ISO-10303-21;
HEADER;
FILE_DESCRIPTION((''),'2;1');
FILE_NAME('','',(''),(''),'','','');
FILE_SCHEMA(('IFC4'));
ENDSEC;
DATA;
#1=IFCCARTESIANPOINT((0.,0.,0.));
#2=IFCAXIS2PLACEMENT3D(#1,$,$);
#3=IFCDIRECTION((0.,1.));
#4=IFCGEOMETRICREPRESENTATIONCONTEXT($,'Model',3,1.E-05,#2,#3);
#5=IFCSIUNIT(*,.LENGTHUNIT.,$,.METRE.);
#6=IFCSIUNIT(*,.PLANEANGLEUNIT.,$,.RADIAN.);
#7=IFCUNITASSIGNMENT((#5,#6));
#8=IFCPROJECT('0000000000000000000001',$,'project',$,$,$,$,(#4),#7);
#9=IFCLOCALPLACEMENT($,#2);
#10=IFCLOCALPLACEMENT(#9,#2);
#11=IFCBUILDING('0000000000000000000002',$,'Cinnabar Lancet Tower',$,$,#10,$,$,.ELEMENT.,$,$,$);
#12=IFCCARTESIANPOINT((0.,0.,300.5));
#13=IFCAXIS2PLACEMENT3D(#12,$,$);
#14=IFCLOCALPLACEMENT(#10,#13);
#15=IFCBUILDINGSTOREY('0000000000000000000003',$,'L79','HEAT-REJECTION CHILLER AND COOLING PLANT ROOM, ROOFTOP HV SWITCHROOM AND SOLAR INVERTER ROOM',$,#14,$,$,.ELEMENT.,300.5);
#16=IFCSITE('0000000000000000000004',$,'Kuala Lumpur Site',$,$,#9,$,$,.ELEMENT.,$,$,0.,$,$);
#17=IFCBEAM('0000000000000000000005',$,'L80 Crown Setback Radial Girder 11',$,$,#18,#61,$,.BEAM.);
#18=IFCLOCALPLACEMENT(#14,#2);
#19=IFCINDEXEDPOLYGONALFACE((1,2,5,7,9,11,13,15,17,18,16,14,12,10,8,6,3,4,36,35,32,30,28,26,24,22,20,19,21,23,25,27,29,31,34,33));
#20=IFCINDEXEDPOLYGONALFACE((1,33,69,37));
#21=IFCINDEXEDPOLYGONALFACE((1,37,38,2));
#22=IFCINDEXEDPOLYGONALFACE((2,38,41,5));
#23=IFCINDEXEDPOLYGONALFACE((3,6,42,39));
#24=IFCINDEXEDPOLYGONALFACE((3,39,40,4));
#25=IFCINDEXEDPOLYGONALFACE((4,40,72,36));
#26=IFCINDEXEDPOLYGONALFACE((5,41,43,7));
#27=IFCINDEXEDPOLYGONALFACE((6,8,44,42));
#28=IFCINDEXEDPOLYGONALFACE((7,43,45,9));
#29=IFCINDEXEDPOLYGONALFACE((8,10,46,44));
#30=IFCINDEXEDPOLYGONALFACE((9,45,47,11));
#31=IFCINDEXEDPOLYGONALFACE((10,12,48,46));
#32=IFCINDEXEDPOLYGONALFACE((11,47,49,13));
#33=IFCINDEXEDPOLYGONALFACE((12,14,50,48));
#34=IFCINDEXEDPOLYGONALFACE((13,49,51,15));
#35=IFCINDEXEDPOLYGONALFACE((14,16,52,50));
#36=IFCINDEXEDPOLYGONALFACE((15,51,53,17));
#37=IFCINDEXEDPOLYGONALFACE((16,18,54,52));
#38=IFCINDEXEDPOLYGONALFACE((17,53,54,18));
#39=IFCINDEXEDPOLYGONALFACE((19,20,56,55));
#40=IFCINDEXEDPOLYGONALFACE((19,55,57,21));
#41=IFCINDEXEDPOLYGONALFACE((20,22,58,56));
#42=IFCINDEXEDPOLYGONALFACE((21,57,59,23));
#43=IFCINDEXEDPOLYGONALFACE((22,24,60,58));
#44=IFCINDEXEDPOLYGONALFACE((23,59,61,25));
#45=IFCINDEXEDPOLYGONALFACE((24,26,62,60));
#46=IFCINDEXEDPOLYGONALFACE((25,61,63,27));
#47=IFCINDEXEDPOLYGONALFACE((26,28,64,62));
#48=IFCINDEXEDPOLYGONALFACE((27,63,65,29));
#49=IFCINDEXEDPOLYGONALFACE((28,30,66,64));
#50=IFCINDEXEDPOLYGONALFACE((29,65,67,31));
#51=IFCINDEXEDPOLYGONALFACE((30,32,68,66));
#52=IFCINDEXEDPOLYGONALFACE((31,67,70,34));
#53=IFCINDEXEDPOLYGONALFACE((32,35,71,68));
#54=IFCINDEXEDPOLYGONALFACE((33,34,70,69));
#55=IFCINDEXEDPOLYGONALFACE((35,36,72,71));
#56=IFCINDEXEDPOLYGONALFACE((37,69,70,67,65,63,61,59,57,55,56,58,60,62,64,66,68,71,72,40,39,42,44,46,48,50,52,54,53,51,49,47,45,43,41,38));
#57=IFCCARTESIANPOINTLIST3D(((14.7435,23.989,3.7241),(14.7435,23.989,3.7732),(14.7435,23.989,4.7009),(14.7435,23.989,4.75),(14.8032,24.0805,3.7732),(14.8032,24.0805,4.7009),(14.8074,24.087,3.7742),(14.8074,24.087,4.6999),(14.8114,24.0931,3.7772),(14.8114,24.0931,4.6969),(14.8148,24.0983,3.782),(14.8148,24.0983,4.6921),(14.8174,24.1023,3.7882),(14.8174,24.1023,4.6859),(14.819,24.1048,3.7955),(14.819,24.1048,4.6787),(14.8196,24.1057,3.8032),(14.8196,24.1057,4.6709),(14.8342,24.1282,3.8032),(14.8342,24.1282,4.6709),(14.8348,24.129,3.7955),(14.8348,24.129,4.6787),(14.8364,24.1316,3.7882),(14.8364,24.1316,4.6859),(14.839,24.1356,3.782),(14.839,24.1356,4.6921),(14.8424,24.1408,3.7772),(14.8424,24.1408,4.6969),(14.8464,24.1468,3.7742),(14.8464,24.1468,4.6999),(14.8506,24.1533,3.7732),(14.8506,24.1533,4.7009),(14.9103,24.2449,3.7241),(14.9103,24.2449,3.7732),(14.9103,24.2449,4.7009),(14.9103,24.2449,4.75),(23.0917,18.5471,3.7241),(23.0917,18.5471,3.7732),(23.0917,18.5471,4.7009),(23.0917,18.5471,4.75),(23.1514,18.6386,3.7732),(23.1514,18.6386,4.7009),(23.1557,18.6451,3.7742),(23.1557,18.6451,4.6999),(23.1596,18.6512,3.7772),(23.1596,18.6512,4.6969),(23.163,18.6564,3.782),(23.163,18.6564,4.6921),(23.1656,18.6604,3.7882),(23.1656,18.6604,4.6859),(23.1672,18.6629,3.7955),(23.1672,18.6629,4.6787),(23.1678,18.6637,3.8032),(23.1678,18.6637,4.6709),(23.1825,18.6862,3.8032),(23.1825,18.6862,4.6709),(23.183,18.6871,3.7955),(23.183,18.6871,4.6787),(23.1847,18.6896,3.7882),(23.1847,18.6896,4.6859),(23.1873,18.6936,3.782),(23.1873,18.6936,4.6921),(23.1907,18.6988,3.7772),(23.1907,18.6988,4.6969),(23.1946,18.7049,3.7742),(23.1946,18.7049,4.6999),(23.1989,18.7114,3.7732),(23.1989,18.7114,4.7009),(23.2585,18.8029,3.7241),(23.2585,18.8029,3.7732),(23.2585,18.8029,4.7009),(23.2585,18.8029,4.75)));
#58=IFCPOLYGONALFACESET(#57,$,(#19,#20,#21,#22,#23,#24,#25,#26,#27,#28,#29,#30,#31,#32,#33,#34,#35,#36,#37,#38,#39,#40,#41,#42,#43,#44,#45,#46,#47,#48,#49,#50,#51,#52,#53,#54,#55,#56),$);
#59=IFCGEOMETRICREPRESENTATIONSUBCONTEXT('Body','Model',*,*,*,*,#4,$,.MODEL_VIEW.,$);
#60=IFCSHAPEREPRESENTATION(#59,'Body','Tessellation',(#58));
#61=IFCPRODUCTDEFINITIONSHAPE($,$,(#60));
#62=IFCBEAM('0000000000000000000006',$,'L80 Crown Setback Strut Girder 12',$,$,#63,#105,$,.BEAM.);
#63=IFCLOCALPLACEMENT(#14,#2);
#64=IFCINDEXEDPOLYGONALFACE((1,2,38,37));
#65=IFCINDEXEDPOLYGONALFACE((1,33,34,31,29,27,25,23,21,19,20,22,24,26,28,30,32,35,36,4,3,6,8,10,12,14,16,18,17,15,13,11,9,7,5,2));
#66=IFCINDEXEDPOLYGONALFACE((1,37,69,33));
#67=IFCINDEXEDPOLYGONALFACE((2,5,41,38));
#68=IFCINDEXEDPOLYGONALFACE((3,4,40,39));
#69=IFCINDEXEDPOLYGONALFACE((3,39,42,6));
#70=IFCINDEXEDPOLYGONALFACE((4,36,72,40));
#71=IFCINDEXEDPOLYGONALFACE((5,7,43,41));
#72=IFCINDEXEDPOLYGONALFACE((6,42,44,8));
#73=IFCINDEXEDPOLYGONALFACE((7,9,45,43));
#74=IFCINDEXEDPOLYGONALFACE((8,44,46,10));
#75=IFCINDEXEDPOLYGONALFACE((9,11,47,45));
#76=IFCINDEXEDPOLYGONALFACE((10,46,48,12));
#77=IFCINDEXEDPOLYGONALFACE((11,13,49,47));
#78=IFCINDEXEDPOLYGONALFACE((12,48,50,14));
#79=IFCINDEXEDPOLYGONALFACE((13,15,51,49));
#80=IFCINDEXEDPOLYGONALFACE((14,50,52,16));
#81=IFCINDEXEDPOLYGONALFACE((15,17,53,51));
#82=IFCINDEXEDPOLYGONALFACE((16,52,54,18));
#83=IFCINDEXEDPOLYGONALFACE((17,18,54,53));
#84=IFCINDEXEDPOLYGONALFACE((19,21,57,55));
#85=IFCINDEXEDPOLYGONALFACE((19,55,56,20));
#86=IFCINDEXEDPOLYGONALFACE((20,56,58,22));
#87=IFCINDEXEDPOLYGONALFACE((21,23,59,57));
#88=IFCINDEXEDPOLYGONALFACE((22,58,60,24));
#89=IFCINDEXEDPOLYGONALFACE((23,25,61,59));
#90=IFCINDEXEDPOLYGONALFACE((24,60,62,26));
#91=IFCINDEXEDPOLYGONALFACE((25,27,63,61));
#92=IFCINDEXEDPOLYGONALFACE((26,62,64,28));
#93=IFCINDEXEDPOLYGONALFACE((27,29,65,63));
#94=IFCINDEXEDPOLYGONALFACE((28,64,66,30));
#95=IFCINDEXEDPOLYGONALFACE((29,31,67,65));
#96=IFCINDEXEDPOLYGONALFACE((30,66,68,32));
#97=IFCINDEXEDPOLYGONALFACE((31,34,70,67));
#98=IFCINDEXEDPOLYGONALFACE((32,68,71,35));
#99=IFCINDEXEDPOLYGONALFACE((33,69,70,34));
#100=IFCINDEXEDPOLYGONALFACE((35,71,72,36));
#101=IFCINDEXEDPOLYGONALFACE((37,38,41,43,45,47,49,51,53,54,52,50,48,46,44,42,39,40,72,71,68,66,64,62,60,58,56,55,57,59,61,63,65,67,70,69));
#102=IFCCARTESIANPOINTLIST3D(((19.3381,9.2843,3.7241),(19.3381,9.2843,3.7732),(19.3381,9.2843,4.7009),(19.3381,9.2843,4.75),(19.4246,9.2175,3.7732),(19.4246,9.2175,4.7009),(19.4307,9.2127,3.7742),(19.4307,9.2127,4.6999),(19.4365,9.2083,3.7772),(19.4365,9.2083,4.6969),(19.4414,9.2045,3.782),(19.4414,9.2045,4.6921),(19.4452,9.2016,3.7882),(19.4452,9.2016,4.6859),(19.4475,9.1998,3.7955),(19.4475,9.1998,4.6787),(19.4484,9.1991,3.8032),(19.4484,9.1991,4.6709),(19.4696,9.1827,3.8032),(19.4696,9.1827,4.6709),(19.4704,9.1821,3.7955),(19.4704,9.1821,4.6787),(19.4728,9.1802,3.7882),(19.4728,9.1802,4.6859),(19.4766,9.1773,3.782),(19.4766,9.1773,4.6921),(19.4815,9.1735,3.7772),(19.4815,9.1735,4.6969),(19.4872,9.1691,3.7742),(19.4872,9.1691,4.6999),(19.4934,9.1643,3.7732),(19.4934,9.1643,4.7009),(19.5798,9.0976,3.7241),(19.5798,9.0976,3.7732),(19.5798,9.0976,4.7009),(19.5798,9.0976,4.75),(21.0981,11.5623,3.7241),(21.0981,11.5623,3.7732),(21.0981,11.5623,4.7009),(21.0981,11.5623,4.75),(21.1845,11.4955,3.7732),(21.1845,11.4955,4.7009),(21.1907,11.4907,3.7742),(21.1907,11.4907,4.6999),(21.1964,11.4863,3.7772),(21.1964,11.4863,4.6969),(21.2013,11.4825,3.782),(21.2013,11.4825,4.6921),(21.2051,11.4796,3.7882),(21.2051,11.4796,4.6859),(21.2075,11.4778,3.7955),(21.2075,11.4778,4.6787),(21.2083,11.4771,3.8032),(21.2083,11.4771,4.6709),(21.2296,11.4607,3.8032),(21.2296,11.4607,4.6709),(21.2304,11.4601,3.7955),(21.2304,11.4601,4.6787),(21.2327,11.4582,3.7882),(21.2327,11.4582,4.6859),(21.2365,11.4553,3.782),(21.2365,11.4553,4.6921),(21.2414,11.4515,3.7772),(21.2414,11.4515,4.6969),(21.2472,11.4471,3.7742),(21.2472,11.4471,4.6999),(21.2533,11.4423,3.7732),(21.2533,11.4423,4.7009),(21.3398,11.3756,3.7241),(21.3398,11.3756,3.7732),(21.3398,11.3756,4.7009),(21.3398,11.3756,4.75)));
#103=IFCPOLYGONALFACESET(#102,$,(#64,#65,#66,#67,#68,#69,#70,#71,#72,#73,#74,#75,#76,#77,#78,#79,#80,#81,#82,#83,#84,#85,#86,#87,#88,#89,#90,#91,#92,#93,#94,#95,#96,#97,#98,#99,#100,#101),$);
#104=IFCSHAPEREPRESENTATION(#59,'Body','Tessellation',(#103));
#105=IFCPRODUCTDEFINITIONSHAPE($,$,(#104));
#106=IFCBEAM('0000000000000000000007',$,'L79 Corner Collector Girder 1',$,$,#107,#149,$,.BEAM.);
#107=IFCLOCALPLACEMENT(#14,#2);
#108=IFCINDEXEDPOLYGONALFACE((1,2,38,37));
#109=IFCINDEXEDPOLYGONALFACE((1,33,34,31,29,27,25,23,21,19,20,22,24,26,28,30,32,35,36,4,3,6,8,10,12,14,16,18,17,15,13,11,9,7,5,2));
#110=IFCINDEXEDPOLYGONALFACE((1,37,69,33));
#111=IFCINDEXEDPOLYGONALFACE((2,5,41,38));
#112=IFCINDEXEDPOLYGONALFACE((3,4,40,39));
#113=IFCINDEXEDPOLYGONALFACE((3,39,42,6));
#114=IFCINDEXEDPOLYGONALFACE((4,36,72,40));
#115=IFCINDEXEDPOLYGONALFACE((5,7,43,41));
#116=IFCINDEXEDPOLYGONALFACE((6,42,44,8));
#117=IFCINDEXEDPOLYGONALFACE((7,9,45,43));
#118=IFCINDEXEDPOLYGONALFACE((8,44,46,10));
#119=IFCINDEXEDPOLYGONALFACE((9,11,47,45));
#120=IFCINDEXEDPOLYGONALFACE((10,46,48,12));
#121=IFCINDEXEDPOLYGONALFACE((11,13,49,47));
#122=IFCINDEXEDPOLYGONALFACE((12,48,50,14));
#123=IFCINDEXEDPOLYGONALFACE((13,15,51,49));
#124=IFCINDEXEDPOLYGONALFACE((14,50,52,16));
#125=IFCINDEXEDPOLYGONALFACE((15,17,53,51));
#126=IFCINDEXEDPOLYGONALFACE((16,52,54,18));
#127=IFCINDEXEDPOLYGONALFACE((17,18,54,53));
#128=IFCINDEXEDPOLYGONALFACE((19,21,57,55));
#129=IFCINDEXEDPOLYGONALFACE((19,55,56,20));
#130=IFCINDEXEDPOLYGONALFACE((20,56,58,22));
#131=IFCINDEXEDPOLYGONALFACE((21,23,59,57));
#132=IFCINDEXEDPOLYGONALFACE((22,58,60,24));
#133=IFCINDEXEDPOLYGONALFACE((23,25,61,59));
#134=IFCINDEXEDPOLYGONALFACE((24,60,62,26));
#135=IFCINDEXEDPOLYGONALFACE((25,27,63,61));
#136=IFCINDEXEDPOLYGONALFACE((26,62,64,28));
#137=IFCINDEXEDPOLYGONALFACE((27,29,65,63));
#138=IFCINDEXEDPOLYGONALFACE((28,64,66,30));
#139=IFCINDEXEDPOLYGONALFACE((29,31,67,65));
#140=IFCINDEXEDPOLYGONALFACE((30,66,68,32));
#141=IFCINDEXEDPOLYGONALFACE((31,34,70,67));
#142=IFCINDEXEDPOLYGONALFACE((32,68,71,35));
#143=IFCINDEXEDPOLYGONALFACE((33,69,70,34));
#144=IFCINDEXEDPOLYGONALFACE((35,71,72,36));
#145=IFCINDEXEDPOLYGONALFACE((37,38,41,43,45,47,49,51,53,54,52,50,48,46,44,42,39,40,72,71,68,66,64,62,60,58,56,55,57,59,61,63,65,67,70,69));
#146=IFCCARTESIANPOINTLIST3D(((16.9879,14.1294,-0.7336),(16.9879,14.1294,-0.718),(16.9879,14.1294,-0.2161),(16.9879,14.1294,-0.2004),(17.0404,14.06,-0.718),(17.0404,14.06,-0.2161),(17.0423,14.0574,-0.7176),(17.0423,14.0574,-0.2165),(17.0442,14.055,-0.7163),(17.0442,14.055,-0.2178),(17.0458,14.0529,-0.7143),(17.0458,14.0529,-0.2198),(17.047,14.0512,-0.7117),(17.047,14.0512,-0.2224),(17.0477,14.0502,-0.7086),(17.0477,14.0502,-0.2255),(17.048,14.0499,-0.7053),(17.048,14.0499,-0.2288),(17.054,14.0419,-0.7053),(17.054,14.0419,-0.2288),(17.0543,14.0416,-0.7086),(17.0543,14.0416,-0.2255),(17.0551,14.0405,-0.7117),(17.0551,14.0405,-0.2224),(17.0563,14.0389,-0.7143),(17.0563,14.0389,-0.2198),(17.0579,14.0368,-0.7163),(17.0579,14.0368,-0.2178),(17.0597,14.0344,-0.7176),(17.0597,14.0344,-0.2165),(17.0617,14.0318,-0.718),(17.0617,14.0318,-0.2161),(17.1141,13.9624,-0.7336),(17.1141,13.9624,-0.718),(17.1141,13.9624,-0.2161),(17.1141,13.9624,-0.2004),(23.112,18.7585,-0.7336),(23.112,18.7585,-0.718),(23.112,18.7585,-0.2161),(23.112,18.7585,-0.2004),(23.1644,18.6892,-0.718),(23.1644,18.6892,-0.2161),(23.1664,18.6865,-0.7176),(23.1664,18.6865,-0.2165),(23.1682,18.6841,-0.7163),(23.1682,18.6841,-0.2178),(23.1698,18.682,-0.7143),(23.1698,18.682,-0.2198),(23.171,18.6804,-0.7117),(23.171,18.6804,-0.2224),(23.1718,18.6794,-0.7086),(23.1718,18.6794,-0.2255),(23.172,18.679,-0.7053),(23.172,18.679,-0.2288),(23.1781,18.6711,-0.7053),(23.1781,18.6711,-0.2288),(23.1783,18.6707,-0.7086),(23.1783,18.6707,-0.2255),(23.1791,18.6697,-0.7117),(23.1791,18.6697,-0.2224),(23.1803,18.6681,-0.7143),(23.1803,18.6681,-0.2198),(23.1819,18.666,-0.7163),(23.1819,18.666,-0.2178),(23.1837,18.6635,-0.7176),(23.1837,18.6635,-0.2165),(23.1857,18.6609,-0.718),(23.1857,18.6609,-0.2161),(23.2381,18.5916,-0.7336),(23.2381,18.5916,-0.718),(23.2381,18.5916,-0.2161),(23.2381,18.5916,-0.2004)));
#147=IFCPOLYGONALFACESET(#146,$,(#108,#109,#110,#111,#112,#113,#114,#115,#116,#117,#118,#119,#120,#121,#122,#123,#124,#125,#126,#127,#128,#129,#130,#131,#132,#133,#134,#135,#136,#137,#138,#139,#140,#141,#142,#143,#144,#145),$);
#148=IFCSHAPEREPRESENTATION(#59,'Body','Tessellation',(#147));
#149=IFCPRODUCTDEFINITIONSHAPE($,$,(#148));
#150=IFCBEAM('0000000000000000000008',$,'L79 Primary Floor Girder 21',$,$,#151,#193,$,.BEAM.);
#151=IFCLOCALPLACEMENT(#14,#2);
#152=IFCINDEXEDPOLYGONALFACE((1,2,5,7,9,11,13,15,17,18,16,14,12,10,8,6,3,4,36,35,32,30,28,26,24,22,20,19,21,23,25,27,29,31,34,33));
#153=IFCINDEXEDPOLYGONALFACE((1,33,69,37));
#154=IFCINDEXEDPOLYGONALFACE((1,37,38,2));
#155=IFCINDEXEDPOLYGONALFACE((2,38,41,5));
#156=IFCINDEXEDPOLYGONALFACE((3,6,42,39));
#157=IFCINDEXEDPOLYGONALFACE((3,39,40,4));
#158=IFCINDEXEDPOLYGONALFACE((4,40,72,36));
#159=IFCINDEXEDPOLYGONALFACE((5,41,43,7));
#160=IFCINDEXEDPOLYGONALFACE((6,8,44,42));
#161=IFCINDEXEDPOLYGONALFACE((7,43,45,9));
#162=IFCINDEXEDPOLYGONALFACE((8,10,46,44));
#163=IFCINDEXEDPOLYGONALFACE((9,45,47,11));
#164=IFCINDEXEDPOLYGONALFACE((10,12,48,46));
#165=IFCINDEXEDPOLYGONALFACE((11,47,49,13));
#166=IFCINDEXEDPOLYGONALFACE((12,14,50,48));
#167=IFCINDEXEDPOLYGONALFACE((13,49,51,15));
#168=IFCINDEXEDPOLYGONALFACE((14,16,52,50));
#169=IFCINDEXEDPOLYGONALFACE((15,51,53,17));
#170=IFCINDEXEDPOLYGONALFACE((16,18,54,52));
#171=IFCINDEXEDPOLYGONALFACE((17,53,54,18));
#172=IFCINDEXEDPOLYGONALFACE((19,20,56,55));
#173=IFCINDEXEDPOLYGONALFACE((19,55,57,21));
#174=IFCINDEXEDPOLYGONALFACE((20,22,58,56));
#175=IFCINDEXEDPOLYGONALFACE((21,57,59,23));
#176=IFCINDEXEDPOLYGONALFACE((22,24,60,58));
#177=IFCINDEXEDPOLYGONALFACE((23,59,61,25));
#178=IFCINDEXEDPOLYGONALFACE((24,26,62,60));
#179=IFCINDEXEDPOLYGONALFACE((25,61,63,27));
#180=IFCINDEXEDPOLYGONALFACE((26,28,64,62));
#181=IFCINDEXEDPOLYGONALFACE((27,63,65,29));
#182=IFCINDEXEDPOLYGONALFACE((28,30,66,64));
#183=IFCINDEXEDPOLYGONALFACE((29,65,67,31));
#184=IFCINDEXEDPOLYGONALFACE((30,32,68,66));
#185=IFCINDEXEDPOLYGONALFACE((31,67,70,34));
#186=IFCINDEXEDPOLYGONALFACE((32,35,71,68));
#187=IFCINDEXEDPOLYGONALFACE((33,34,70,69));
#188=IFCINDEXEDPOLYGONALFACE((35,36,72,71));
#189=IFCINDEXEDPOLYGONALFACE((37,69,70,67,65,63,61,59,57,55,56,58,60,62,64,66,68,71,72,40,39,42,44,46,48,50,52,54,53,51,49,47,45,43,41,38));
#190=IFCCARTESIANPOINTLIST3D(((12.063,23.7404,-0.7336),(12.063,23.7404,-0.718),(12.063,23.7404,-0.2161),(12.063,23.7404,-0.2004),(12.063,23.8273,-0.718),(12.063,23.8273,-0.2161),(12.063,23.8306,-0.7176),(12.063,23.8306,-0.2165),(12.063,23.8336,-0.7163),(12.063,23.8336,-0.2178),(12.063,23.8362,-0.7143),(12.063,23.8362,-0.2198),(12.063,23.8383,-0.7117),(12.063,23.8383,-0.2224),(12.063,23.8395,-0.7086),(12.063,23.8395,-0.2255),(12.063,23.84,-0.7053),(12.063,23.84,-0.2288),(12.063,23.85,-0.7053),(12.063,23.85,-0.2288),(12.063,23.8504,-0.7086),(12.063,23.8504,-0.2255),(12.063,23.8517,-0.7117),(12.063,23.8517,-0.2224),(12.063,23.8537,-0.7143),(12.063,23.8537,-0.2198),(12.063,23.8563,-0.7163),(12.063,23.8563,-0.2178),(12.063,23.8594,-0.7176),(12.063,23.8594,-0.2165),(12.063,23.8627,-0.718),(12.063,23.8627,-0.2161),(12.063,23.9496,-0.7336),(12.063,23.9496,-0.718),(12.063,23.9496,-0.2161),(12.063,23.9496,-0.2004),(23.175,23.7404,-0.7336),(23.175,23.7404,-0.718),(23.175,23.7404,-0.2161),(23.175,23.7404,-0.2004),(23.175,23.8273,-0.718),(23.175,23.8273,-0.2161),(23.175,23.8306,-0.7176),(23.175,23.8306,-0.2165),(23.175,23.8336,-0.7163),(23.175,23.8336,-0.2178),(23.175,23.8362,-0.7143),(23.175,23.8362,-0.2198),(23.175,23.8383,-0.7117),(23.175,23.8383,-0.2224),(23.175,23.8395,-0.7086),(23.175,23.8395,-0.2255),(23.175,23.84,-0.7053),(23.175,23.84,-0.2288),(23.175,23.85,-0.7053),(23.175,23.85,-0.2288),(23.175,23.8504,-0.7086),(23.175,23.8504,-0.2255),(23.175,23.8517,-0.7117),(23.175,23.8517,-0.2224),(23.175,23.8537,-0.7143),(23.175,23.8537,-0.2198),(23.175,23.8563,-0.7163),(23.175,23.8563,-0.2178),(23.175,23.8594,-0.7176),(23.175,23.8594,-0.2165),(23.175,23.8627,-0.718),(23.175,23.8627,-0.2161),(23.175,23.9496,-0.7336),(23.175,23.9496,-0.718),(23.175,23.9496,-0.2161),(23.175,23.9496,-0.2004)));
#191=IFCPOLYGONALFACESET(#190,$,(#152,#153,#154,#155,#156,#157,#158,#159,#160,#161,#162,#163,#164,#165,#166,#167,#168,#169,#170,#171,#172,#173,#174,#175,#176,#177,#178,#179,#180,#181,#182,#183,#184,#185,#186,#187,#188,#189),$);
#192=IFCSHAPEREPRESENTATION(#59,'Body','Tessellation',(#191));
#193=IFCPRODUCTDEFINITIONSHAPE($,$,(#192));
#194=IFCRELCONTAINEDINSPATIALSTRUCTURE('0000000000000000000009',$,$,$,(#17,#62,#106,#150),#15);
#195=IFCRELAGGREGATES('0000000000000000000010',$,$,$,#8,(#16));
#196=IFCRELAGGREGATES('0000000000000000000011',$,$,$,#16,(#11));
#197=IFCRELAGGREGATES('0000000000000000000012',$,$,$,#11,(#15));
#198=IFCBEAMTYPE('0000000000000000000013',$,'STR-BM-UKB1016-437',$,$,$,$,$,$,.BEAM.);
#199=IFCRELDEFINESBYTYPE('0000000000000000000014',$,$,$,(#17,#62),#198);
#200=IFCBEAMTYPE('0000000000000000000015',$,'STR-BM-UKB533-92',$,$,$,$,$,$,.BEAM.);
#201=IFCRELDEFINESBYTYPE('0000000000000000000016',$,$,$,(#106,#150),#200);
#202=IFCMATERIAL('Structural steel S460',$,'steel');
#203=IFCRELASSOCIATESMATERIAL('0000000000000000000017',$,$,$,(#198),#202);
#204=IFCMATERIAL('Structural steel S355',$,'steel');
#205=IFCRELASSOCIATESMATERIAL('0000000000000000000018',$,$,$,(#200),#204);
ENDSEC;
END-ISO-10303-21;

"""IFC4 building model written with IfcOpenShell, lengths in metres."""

from ifc_helpers import new_model, si_unit, direction, frame, origin, origin_2d, place, context, subcontext, project, spatial, i_section, extrude, material, material_profile, profile_set, type_object, element, save


model = new_model("IFC4")

# Units and contexts
model_context = context("Model", 3, precision=1e-05, world=origin(), true_north=direction((0.0, 1.0)))
body_context = subcontext(model_context, "Body", "Model", "MODEL_VIEW")
ifc_project = project(units=[si_unit("LENGTHUNIT", "METRE"), si_unit("PLANEANGLEUNIT", "RADIAN")], contexts=[model_context])

# Site, building, storey
site_placement = place(None, origin())
site = spatial("IfcSite", under=ifc_project, at=site_placement, Name="Kuala Lumpur Site", CompositionType="ELEMENT", RefElevation=0.0)
building_placement = place(site_placement, origin())
building = spatial("IfcBuilding", under=site, at=building_placement, Name="Cinnabar Lancet Tower", CompositionType="ELEMENT")
storey_placement = place(building_placement, frame((0.0, 0.0, 300.5)))
storey = spatial("IfcBuildingStorey", under=building, at=storey_placement, Name="L79", Description="HEAT-REJECTION CHILLER AND COOLING PLANT ROOM, ROOFTOP HV SWITCHROOM AND SOLAR INVERTER ROOM", CompositionType="ELEMENT", Elevation=300.5)

# Beams
ifc_material_1 = material(Name="Structural steel S460", Category="steel")
ifc_material_profile_1 = material_profile(ifc_material_1, i_section(OverallWidth=0.3054, OverallDepth=1.0259, WebThickness=0.0269, FlangeThickness=0.0491, FilletRadius=0.03, at=origin_2d()), Name="UKB 1016x305x437")
ifc_profile_set_1 = profile_set([ifc_material_profile_1], Name="Structural steel S460")
beam_type_1 = type_object("IfcBeamType", Name="STR-BM-UKB1016-437", PredefinedType="BEAM", material=ifc_profile_set_1)
beam_1_placement = place(storey_placement, frame((14.8269, 24.1169, 4.2371), z_axis=(0.837728, -0.546088, 0.0), x_axis=(0.546088, 0.837728, 0.0)))
element("IfcBeam", 1, at=beam_1_placement, inside=storey, type_object=beam_type_1, Name="L80 Crown Setback Radial Girder 11", PredefinedType="BEAM", context=body_context, shape_type="SweptSolid", body=[
    extrude(i_section(OverallWidth=0.3054, OverallDepth=1.0259, WebThickness=0.0269, FlangeThickness=0.0491, FilletRadius=0.03, at=origin_2d()), origin(), (0.0, 0.0, 1.0), 9.9653),
])
beam_2_placement = place(storey_placement, frame((19.459, 9.1909, 4.2371), z_axis=(0.611378, 0.791339, 0.0), x_axis=(-0.791339, 0.611378, 0.0)))
element("IfcBeam", 2, at=beam_2_placement, inside=storey, type_object=beam_type_1, Name="L80 Crown Setback Strut Girder 12", PredefinedType="BEAM", context=body_context, shape_type="SweptSolid", body=[
    extrude(i_section(OverallWidth=0.3054, OverallDepth=1.0259, WebThickness=0.0269, FlangeThickness=0.0491, FilletRadius=0.03, at=origin_2d()), origin(), (0.0, 0.0, 1.0), 2.8787),
])
ifc_material_2 = material(Name="Structural steel S355", Category="steel")
ifc_material_profile_2 = material_profile(ifc_material_2, i_section(OverallWidth=0.2092, OverallDepth=0.5332, WebThickness=0.01, FlangeThickness=0.0156, FilletRadius=0.0127, at=origin_2d()), Name="UKB 533x210x92")
ifc_profile_set_2 = profile_set([ifc_material_profile_2], Name="Structural steel S355")
beam_type_2 = type_object("IfcBeamType", Name="STR-BM-UKB533-92", PredefinedType="BEAM", material=ifc_profile_set_2)
beam_3_placement = place(storey_placement, frame((17.051, 14.0459, -0.467), z_axis=(0.797735, 0.603008, 0.0), x_axis=(-0.603008, 0.797735, 0.0)))
element("IfcBeam", 3, at=beam_3_placement, inside=storey, type_object=beam_type_2, Name="L79 Corner Collector Girder 1", PredefinedType="BEAM", context=body_context, shape_type="SweptSolid", body=[
    extrude(i_section(OverallWidth=0.2092, OverallDepth=0.5332, WebThickness=0.01, FlangeThickness=0.0156, FilletRadius=0.0127, at=origin_2d()), origin(), (0.0, 0.0, 1.0), 7.6768),
])
beam_4_placement = place(storey_placement, frame((12.063, 23.845, -0.467), z_axis=(1.0, 0.0, 0.0), x_axis=(0.0, 1.0, 0.0)))
element("IfcBeam", 4, at=beam_4_placement, inside=storey, type_object=beam_type_2, Name="L79 Primary Floor Girder 21", PredefinedType="BEAM", context=body_context, shape_type="SweptSolid", body=[
    extrude(i_section(OverallWidth=0.2092, OverallDepth=0.5332, WebThickness=0.01, FlangeThickness=0.0156, FilletRadius=0.0127, at=origin_2d()), origin(), (0.0, 0.0, 1.0), 11.1121),
])

save(model, "model.ifc")
